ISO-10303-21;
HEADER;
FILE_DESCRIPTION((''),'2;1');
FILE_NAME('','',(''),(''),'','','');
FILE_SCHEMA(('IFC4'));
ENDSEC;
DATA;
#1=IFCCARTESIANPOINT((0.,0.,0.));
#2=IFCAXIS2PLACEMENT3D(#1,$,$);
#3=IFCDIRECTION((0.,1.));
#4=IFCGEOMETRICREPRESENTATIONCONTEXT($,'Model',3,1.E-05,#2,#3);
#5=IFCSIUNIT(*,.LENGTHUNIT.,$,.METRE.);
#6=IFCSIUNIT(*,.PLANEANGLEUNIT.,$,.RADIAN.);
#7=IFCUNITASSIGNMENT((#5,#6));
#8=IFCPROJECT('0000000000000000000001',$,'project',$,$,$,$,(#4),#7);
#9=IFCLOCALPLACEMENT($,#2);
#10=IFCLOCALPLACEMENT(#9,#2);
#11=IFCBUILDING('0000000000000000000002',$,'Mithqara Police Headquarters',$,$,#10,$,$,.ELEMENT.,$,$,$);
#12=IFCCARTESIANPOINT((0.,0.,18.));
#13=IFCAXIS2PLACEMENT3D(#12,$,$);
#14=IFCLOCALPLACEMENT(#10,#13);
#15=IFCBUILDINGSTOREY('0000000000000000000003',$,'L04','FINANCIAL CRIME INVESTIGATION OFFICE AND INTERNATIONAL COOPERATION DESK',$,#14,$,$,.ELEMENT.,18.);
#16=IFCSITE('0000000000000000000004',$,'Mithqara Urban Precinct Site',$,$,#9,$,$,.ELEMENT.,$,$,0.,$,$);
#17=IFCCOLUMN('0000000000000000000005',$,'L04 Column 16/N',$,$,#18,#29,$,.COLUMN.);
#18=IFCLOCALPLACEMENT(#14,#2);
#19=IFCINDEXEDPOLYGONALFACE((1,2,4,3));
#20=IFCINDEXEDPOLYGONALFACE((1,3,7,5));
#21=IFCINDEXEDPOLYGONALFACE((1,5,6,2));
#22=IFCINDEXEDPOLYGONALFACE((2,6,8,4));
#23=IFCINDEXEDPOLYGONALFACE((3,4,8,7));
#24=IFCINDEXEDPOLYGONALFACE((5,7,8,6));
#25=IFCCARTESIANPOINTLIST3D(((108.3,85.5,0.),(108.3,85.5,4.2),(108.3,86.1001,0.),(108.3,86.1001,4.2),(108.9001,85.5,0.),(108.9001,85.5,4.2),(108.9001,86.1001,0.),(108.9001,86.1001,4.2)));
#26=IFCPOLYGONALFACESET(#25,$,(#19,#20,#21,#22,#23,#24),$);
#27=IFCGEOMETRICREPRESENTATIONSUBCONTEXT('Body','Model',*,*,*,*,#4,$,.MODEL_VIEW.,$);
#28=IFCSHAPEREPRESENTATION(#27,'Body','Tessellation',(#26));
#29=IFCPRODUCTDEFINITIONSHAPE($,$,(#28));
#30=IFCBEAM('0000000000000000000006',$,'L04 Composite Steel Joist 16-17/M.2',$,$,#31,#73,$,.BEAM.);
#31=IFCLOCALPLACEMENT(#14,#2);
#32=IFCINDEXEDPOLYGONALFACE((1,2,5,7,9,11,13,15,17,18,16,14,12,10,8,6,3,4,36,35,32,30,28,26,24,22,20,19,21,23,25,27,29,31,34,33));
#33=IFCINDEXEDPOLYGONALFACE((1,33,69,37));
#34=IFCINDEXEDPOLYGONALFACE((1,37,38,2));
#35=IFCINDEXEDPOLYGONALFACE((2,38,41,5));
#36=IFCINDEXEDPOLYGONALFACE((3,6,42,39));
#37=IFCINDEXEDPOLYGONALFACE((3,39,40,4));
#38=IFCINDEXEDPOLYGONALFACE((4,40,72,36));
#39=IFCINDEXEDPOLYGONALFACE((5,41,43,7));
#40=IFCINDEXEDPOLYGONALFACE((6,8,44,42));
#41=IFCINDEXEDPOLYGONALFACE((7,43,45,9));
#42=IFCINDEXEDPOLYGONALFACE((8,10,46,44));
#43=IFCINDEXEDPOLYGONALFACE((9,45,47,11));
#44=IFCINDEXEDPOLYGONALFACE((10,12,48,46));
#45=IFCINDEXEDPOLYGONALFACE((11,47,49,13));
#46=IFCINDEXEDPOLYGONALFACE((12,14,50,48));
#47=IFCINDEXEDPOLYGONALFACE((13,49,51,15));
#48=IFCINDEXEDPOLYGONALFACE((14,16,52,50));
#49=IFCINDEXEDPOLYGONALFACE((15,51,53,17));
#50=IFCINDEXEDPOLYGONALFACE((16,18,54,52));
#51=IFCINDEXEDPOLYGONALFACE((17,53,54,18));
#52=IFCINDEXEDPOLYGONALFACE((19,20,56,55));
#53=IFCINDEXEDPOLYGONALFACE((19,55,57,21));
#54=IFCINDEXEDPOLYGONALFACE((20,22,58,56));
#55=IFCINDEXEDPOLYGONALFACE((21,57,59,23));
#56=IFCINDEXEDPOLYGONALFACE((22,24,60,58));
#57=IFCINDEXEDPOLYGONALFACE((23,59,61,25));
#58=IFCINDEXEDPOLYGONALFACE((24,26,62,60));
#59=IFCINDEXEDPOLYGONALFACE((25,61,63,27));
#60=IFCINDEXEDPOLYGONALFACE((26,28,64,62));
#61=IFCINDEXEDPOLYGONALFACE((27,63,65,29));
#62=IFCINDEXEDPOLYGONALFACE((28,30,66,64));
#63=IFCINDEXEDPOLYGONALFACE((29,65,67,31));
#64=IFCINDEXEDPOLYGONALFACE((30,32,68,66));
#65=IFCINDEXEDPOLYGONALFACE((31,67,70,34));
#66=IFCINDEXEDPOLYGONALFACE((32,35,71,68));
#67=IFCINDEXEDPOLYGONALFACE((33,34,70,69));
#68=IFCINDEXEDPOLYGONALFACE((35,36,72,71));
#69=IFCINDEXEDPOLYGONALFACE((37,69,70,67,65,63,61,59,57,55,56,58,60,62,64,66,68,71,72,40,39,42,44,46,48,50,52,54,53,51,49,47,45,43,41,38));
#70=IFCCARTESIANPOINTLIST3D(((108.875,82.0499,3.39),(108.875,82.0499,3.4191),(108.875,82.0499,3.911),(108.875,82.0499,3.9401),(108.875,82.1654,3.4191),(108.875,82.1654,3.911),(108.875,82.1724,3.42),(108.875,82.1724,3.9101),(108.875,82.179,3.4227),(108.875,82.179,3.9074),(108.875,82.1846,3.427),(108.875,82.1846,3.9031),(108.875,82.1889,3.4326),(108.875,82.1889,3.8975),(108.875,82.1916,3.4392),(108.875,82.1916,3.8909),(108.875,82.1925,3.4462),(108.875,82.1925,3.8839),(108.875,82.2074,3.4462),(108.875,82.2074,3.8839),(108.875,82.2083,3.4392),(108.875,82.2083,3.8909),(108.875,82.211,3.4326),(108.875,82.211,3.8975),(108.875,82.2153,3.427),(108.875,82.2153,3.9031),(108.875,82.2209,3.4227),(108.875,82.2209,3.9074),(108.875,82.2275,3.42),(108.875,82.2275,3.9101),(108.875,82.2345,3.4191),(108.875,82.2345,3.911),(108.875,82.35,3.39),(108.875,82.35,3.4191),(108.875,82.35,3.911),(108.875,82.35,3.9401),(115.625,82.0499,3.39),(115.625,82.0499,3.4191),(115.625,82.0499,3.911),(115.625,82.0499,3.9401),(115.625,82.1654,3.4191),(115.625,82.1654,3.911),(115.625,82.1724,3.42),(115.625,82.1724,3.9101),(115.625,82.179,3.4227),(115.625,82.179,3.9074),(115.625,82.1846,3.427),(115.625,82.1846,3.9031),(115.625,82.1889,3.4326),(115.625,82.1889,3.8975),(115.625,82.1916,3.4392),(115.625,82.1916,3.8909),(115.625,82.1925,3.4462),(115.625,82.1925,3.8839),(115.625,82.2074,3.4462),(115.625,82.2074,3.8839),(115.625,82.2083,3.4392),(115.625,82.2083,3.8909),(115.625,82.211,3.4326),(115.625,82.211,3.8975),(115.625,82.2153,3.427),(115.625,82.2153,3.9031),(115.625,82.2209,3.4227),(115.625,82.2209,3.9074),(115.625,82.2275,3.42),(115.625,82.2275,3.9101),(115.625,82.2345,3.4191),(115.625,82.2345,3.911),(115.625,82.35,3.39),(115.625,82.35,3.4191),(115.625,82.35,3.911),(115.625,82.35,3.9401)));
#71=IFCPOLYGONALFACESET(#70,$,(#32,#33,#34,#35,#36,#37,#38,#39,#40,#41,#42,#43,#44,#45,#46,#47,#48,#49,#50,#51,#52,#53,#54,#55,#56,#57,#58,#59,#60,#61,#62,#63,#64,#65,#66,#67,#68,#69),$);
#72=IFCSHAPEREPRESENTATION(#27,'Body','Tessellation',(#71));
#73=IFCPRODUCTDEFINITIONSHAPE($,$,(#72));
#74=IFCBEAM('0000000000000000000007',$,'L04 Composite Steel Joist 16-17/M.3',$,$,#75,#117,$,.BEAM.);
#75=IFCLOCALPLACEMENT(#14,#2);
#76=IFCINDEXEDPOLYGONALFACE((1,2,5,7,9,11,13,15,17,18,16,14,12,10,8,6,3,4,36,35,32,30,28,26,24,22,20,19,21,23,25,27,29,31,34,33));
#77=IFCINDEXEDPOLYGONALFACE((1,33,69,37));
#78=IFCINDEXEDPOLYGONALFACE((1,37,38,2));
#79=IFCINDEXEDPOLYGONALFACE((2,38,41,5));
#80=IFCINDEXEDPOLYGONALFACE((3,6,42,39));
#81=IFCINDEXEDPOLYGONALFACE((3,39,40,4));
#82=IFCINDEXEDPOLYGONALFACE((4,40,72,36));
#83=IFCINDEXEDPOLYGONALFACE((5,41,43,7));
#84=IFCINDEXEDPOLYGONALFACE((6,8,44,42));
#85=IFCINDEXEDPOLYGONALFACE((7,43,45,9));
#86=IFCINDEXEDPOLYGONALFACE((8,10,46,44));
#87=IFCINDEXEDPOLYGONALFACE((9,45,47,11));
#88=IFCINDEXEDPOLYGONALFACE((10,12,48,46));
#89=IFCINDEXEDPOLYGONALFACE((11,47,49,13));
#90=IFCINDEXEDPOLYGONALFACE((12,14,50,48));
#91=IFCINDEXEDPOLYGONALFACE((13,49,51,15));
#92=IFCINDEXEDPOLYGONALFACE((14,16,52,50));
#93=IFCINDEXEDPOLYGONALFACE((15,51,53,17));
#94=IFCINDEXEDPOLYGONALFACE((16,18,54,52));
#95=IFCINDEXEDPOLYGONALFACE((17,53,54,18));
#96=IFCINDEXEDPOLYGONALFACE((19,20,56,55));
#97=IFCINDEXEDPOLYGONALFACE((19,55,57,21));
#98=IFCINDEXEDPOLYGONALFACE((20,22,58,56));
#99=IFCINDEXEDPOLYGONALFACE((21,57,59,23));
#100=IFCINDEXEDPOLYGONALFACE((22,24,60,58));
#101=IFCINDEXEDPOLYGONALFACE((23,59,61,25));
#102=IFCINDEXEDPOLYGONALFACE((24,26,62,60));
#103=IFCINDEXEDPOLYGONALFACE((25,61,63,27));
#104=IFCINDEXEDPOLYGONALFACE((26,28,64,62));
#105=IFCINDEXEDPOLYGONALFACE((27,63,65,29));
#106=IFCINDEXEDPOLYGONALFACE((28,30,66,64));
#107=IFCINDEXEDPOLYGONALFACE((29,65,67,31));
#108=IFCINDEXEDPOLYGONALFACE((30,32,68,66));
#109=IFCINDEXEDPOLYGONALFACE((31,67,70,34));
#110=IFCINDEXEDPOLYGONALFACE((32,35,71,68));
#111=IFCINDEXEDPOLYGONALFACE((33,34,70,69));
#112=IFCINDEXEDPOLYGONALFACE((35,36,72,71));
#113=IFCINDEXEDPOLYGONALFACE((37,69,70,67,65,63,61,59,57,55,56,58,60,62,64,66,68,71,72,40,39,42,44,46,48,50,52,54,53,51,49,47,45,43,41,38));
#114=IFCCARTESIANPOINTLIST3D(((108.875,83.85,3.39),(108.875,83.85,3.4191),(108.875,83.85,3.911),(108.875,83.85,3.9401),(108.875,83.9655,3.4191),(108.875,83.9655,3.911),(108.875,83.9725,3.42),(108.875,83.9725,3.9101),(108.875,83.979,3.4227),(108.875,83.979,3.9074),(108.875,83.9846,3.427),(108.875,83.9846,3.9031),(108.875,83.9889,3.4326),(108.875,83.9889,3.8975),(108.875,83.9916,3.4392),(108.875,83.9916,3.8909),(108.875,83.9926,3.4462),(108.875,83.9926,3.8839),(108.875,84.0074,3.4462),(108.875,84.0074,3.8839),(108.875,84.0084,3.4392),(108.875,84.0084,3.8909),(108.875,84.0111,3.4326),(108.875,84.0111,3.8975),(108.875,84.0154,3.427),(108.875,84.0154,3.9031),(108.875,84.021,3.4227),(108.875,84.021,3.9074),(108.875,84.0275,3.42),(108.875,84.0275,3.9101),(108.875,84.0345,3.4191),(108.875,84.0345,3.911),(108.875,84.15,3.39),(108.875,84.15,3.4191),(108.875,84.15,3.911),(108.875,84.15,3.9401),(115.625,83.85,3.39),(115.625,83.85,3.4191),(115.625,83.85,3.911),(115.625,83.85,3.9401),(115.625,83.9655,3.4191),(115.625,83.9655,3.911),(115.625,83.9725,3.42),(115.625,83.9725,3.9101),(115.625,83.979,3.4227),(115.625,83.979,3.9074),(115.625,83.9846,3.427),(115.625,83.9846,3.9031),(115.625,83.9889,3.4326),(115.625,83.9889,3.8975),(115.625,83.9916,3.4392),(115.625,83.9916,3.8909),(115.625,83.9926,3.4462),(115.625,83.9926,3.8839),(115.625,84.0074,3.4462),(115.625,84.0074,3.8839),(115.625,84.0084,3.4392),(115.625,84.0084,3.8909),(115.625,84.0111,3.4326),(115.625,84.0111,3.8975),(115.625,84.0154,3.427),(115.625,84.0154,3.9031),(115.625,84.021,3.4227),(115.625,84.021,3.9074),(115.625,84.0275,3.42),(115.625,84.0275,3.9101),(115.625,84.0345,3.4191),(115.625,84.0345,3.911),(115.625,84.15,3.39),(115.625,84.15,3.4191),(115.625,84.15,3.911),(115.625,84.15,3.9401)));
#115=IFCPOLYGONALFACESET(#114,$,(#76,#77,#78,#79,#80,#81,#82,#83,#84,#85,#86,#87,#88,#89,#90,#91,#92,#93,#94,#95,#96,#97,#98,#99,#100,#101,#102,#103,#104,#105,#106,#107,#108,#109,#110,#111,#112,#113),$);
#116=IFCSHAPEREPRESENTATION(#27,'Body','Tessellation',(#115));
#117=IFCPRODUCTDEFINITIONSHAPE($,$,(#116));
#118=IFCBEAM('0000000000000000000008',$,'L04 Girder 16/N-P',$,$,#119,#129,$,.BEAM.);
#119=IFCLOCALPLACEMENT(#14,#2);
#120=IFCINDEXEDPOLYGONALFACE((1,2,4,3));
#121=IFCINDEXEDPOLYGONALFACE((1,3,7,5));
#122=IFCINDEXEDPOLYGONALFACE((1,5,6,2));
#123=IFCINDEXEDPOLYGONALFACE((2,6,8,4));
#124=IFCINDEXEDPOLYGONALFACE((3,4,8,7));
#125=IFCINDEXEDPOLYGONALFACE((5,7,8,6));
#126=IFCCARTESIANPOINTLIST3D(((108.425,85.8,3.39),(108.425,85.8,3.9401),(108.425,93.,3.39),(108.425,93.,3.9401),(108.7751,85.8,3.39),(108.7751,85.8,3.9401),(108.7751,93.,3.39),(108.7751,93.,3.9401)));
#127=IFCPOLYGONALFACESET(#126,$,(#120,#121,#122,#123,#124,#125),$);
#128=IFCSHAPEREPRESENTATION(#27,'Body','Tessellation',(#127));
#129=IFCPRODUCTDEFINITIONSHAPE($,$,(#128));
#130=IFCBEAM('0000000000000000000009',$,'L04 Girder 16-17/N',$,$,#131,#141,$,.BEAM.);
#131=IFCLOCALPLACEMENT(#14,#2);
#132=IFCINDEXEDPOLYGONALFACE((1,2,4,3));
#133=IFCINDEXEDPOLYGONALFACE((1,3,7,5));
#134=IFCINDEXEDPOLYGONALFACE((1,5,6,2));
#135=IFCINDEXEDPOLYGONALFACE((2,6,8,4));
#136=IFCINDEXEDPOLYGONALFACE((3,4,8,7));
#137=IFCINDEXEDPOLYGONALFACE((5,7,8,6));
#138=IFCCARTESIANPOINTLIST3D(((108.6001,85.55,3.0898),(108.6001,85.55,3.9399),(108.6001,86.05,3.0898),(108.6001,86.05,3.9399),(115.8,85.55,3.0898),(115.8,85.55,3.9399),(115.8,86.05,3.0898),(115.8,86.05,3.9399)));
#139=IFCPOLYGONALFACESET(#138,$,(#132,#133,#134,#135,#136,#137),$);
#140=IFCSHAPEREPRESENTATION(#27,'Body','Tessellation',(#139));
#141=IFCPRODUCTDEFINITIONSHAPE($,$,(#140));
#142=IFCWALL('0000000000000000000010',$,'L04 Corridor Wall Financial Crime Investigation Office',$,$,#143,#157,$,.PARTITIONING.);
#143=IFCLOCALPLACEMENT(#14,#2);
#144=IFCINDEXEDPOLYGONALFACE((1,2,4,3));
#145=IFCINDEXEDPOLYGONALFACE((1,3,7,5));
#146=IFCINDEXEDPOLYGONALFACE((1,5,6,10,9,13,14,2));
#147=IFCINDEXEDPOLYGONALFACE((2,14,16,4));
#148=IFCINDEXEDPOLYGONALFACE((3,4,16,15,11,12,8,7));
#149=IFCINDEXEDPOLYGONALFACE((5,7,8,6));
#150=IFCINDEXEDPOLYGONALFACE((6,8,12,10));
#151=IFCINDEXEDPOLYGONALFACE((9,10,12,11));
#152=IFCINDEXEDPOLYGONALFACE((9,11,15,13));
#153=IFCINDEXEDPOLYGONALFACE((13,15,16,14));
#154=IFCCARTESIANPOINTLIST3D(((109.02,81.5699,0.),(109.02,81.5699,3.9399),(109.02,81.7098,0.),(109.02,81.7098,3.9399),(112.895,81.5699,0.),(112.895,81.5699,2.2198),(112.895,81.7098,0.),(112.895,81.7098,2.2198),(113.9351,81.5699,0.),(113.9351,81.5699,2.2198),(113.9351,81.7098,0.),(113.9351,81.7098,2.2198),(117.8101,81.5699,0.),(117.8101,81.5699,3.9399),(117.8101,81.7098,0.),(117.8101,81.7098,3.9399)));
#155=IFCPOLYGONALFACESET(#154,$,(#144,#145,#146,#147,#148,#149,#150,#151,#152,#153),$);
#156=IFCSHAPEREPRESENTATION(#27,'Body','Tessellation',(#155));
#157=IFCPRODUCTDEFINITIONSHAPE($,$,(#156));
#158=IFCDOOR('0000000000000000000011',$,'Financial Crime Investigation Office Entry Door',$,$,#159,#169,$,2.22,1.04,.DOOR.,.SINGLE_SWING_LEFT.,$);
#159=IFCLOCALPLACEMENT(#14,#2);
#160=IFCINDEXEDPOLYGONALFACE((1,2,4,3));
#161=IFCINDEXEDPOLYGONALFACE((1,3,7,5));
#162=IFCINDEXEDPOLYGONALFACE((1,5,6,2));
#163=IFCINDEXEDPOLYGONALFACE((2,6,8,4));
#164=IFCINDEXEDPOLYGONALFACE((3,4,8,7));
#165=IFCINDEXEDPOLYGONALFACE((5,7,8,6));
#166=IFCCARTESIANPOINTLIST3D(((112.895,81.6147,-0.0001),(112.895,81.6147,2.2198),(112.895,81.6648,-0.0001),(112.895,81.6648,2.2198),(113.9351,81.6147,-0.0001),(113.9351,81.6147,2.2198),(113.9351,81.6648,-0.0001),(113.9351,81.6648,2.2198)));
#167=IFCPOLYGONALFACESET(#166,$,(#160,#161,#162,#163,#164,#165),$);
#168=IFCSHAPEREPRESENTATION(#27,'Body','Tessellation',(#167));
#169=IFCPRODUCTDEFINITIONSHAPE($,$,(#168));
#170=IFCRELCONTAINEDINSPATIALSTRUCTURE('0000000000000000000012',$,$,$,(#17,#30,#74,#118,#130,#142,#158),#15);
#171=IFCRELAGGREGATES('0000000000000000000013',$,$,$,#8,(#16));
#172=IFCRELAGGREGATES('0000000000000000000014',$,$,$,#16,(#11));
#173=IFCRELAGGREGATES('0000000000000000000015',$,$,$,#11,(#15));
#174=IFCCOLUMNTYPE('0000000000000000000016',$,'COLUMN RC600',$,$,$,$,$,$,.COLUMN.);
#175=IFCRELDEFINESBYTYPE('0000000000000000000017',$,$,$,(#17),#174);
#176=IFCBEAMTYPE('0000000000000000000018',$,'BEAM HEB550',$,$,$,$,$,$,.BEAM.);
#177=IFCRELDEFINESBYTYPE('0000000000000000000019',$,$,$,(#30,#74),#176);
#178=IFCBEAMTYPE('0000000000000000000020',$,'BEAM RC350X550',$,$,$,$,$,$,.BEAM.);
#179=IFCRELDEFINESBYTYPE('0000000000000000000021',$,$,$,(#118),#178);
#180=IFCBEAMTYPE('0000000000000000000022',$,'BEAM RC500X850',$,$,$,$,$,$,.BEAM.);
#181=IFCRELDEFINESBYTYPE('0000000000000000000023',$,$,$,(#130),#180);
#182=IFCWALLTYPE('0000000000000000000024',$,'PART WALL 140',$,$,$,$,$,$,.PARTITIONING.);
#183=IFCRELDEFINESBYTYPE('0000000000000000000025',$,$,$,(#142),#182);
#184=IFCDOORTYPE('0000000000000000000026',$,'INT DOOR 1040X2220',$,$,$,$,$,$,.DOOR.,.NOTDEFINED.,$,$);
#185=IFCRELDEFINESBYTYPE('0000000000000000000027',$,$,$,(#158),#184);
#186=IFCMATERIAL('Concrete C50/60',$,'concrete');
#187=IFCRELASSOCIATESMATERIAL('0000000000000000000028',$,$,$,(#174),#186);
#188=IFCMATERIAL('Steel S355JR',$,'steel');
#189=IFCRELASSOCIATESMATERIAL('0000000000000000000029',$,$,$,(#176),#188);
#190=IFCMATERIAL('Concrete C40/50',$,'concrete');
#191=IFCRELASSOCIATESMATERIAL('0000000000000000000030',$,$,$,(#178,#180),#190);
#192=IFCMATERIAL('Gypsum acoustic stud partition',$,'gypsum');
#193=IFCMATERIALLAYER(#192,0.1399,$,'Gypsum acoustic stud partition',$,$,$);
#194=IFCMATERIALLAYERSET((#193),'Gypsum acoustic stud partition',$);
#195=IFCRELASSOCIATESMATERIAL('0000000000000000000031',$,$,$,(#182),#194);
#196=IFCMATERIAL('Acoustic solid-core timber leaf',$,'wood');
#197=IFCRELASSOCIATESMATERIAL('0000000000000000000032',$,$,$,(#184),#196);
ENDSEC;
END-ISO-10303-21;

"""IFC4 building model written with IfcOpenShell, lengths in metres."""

from ifc_helpers import new_model, si_unit, direction, frame, frame_2d, origin, origin_2d, place, context, subcontext, project, spatial, rectangle, i_section, extrude, material, layer, layer_set, material_profile, profile_set, type_object, element, fill, save


model = new_model("IFC4")

# Units and contexts
model_context = context("Model", 3, precision=1e-05, world=origin(), true_north=direction((0.0, 1.0)))
body_context = subcontext(model_context, "Body", "Model", "MODEL_VIEW")
ifc_project = project(units=[si_unit("LENGTHUNIT", "METRE"), si_unit("PLANEANGLEUNIT", "RADIAN")], contexts=[model_context])

# Site, building, storey
site_placement = place(None, origin())
site = spatial("IfcSite", under=ifc_project, at=site_placement, Name="Mithqara Urban Precinct Site", CompositionType="ELEMENT", RefElevation=0.0)
building_placement = place(site_placement, origin())
building = spatial("IfcBuilding", under=site, at=building_placement, Name="Mithqara Police Headquarters", CompositionType="ELEMENT")
storey_placement = place(building_placement, frame((0.0, 0.0, 18.0)))
storey = spatial("IfcBuildingStorey", under=building, at=storey_placement, Name="L04", Description="FINANCIAL CRIME INVESTIGATION OFFICE AND INTERNATIONAL COOPERATION DESK", CompositionType="ELEMENT", Elevation=18.0)

# Column
ifc_material_1 = material(Name="Concrete C50/60", Category="concrete")
ifc_material_profile_1 = material_profile(ifc_material_1, rectangle(XDim=0.6001, YDim=0.6001, at=origin_2d()), Name="RC 600x600")
ifc_profile_set_1 = profile_set([ifc_material_profile_1], Name="Concrete C50/60")
column_type = type_object("IfcColumnType", Name="COLUMN RC600", PredefinedType="COLUMN", material=ifc_profile_set_1)
column_placement = place(storey_placement, frame((108.6001, 85.8, 0.0), z_axis=(0.0, 0.0, 1.0), x_axis=(1.0, 0.0, 0.0)))
element("IfcColumn", 1, at=column_placement, inside=storey, type_object=column_type, Name="L04 Column 16/N", PredefinedType="COLUMN", context=body_context, shape_type="SweptSolid", body=[
    extrude(rectangle(XDim=0.6001, YDim=0.6001, at=origin_2d()), origin(), (0.0, 0.0, 1.0), 4.2),
])

# Beams
ifc_material_2 = material(Name="Steel S355JR", Category="steel")
ifc_material_profile_2 = material_profile(ifc_material_2, i_section(OverallWidth=0.3, OverallDepth=0.55, WebThickness=0.0149, FlangeThickness=0.0291, FilletRadius=0.0271, at=origin_2d()), Name="HEB 550")
ifc_profile_set_2 = profile_set([ifc_material_profile_2], Name="Steel S355JR")
beam_type_1 = type_object("IfcBeamType", Name="BEAM HEB550", PredefinedType="BEAM", material=ifc_profile_set_2)
for number, where, z_axis, x_axis, name in (
    (2, (108.875, 82.2, 3.665), (1.0, 0.0, 0.0), (0.0, 1.0, 0.0), "L04 Composite Steel Joist 16-17/M.2"),
    (3, (108.875, 84.0, 3.665), (1.0, 0.0, 0.0), (0.0, 1.0, 0.0), "L04 Composite Steel Joist 16-17/M.3"),
):
    element("IfcBeam", number, at=place(storey_placement, frame(where, z_axis=z_axis, x_axis=x_axis)), inside=storey, type_object=beam_type_1, Name=name, PredefinedType="BEAM", context=body_context, shape_type="SweptSolid", body=[
        extrude(i_section(OverallWidth=0.3, OverallDepth=0.55, WebThickness=0.0149, FlangeThickness=0.0291, FilletRadius=0.0271, at=origin_2d()), origin(), (0.0, 0.0, 1.0), 6.75),
    ])
ifc_material_3 = material(Name="Concrete C40/50", Category="concrete")
ifc_material_profile_3 = material_profile(ifc_material_3, rectangle(XDim=0.3501, YDim=0.55, at=origin_2d()), Name="RC 350x550")
ifc_profile_set_3 = profile_set([ifc_material_profile_3], Name="Concrete C40/50")
beam_type_2 = type_object("IfcBeamType", Name="BEAM RC350X550", PredefinedType="BEAM", material=ifc_profile_set_3)
beam_1_placement = place(storey_placement, frame((108.6001, 85.8, 3.665), z_axis=(0.0, 1.0, 0.0), x_axis=(-1.0, 0.0, 0.0)))
element("IfcBeam", 4, at=beam_1_placement, inside=storey, type_object=beam_type_2, Name="L04 Girder 16/N-P", PredefinedType="BEAM", context=body_context, shape_type="SweptSolid", body=[
    extrude(rectangle(XDim=0.3501, YDim=0.55, at=origin_2d()), origin(), (0.0, 0.0, 1.0), 7.2),
])
ifc_material_profile_4 = material_profile(ifc_material_3, rectangle(XDim=0.5, YDim=0.8501, at=origin_2d()), Name="RC 500x850")
ifc_profile_set_4 = profile_set([ifc_material_profile_4], Name="Concrete C40/50")
beam_type_3 = type_object("IfcBeamType", Name="BEAM RC500X850", PredefinedType="BEAM", material=ifc_profile_set_4)
beam_2_placement = place(storey_placement, frame((108.6001, 85.8, 3.5149), z_axis=(1.0, 0.0, 0.0), x_axis=(0.0, 1.0, 0.0)))
element("IfcBeam", 5, at=beam_2_placement, inside=storey, type_object=beam_type_3, Name="L04 Girder 16-17/N", PredefinedType="BEAM", context=body_context, shape_type="SweptSolid", body=[
    extrude(rectangle(XDim=0.5, YDim=0.8501, at=origin_2d()), origin(), (0.0, 0.0, 1.0), 7.2),
])

# Wall, opening, door
ifc_material_4 = material(Name="Gypsum acoustic stud partition", Category="gypsum")
ifc_layer_1 = layer(ifc_material_4, 0.1399, Name="Gypsum acoustic stud partition")
ifc_layer_set_1 = layer_set([ifc_layer_1], Name="Gypsum acoustic stud partition")
wall_type_1 = type_object("IfcWallType", Name="PART WALL 140", PredefinedType="PARTITIONING", material=ifc_layer_set_1)
wall_1_placement = place(storey_placement, frame((109.02, 81.6399, 0.0), z_axis=(0.0, 0.0, 1.0), x_axis=(1.0, 0.0, 0.0)))
wall_1 = element("IfcWall", 6, at=wall_1_placement, inside=storey, type_object=wall_type_1, Name="L04 Corridor Wall Financial Crime Investigation Office", PredefinedType="PARTITIONING", context=body_context, shape_type="SweptSolid", body=[
    extrude(rectangle(XDim=8.79, YDim=0.1399, at=frame_2d((4.395, 0.0))), origin(), (0.0, 0.0, 1.0), 3.9399),
])
opening_1_placement = place(wall_1_placement, frame((3.875, 0.0, 0.0)))
opening_1 = element("IfcOpeningElement", 7, at=opening_1_placement, cuts=wall_1, PredefinedType="OPENING", context=body_context, shape_type="SweptSolid", body=[
    extrude(rectangle(XDim=1.04, YDim=2.22, at=frame_2d((0.52, 1.1099))), frame((0.0, 0.0801, 0.0), z_axis=(0.0, -1.0, 0.0), x_axis=(1.0, 0.0, 0.0)), (0.0, 0.0, 1.0), 0.1599),
])
ifc_material_5 = material(Name="Acoustic solid-core timber leaf", Category="wood")
door_type = type_object("IfcDoorType", Name="INT DOOR 1040X2220", OperationType="NOTDEFINED", PredefinedType="DOOR", material=ifc_material_5)
door_placement = place(opening_1_placement, origin())
door = element("IfcDoor", 8, at=door_placement, inside=storey, type_object=door_type, Name="Financial Crime Investigation Office Entry Door", OperationType="SINGLE_SWING_LEFT", OverallHeight=2.22, OverallWidth=1.04, PredefinedType="DOOR", context=body_context, shape_type="SweptSolid", body=[
    extrude(rectangle(XDim=1.04, YDim=2.22, at=frame_2d((0.52, 1.1099))), frame((0.0, 0.0249, 0.0), z_axis=(0.0, -1.0, 0.0), x_axis=(1.0, 0.0, 0.0)), (0.0, 0.0, 1.0), 0.05),
])
fill(opening_1, door)

save(model, "model.ifc")
